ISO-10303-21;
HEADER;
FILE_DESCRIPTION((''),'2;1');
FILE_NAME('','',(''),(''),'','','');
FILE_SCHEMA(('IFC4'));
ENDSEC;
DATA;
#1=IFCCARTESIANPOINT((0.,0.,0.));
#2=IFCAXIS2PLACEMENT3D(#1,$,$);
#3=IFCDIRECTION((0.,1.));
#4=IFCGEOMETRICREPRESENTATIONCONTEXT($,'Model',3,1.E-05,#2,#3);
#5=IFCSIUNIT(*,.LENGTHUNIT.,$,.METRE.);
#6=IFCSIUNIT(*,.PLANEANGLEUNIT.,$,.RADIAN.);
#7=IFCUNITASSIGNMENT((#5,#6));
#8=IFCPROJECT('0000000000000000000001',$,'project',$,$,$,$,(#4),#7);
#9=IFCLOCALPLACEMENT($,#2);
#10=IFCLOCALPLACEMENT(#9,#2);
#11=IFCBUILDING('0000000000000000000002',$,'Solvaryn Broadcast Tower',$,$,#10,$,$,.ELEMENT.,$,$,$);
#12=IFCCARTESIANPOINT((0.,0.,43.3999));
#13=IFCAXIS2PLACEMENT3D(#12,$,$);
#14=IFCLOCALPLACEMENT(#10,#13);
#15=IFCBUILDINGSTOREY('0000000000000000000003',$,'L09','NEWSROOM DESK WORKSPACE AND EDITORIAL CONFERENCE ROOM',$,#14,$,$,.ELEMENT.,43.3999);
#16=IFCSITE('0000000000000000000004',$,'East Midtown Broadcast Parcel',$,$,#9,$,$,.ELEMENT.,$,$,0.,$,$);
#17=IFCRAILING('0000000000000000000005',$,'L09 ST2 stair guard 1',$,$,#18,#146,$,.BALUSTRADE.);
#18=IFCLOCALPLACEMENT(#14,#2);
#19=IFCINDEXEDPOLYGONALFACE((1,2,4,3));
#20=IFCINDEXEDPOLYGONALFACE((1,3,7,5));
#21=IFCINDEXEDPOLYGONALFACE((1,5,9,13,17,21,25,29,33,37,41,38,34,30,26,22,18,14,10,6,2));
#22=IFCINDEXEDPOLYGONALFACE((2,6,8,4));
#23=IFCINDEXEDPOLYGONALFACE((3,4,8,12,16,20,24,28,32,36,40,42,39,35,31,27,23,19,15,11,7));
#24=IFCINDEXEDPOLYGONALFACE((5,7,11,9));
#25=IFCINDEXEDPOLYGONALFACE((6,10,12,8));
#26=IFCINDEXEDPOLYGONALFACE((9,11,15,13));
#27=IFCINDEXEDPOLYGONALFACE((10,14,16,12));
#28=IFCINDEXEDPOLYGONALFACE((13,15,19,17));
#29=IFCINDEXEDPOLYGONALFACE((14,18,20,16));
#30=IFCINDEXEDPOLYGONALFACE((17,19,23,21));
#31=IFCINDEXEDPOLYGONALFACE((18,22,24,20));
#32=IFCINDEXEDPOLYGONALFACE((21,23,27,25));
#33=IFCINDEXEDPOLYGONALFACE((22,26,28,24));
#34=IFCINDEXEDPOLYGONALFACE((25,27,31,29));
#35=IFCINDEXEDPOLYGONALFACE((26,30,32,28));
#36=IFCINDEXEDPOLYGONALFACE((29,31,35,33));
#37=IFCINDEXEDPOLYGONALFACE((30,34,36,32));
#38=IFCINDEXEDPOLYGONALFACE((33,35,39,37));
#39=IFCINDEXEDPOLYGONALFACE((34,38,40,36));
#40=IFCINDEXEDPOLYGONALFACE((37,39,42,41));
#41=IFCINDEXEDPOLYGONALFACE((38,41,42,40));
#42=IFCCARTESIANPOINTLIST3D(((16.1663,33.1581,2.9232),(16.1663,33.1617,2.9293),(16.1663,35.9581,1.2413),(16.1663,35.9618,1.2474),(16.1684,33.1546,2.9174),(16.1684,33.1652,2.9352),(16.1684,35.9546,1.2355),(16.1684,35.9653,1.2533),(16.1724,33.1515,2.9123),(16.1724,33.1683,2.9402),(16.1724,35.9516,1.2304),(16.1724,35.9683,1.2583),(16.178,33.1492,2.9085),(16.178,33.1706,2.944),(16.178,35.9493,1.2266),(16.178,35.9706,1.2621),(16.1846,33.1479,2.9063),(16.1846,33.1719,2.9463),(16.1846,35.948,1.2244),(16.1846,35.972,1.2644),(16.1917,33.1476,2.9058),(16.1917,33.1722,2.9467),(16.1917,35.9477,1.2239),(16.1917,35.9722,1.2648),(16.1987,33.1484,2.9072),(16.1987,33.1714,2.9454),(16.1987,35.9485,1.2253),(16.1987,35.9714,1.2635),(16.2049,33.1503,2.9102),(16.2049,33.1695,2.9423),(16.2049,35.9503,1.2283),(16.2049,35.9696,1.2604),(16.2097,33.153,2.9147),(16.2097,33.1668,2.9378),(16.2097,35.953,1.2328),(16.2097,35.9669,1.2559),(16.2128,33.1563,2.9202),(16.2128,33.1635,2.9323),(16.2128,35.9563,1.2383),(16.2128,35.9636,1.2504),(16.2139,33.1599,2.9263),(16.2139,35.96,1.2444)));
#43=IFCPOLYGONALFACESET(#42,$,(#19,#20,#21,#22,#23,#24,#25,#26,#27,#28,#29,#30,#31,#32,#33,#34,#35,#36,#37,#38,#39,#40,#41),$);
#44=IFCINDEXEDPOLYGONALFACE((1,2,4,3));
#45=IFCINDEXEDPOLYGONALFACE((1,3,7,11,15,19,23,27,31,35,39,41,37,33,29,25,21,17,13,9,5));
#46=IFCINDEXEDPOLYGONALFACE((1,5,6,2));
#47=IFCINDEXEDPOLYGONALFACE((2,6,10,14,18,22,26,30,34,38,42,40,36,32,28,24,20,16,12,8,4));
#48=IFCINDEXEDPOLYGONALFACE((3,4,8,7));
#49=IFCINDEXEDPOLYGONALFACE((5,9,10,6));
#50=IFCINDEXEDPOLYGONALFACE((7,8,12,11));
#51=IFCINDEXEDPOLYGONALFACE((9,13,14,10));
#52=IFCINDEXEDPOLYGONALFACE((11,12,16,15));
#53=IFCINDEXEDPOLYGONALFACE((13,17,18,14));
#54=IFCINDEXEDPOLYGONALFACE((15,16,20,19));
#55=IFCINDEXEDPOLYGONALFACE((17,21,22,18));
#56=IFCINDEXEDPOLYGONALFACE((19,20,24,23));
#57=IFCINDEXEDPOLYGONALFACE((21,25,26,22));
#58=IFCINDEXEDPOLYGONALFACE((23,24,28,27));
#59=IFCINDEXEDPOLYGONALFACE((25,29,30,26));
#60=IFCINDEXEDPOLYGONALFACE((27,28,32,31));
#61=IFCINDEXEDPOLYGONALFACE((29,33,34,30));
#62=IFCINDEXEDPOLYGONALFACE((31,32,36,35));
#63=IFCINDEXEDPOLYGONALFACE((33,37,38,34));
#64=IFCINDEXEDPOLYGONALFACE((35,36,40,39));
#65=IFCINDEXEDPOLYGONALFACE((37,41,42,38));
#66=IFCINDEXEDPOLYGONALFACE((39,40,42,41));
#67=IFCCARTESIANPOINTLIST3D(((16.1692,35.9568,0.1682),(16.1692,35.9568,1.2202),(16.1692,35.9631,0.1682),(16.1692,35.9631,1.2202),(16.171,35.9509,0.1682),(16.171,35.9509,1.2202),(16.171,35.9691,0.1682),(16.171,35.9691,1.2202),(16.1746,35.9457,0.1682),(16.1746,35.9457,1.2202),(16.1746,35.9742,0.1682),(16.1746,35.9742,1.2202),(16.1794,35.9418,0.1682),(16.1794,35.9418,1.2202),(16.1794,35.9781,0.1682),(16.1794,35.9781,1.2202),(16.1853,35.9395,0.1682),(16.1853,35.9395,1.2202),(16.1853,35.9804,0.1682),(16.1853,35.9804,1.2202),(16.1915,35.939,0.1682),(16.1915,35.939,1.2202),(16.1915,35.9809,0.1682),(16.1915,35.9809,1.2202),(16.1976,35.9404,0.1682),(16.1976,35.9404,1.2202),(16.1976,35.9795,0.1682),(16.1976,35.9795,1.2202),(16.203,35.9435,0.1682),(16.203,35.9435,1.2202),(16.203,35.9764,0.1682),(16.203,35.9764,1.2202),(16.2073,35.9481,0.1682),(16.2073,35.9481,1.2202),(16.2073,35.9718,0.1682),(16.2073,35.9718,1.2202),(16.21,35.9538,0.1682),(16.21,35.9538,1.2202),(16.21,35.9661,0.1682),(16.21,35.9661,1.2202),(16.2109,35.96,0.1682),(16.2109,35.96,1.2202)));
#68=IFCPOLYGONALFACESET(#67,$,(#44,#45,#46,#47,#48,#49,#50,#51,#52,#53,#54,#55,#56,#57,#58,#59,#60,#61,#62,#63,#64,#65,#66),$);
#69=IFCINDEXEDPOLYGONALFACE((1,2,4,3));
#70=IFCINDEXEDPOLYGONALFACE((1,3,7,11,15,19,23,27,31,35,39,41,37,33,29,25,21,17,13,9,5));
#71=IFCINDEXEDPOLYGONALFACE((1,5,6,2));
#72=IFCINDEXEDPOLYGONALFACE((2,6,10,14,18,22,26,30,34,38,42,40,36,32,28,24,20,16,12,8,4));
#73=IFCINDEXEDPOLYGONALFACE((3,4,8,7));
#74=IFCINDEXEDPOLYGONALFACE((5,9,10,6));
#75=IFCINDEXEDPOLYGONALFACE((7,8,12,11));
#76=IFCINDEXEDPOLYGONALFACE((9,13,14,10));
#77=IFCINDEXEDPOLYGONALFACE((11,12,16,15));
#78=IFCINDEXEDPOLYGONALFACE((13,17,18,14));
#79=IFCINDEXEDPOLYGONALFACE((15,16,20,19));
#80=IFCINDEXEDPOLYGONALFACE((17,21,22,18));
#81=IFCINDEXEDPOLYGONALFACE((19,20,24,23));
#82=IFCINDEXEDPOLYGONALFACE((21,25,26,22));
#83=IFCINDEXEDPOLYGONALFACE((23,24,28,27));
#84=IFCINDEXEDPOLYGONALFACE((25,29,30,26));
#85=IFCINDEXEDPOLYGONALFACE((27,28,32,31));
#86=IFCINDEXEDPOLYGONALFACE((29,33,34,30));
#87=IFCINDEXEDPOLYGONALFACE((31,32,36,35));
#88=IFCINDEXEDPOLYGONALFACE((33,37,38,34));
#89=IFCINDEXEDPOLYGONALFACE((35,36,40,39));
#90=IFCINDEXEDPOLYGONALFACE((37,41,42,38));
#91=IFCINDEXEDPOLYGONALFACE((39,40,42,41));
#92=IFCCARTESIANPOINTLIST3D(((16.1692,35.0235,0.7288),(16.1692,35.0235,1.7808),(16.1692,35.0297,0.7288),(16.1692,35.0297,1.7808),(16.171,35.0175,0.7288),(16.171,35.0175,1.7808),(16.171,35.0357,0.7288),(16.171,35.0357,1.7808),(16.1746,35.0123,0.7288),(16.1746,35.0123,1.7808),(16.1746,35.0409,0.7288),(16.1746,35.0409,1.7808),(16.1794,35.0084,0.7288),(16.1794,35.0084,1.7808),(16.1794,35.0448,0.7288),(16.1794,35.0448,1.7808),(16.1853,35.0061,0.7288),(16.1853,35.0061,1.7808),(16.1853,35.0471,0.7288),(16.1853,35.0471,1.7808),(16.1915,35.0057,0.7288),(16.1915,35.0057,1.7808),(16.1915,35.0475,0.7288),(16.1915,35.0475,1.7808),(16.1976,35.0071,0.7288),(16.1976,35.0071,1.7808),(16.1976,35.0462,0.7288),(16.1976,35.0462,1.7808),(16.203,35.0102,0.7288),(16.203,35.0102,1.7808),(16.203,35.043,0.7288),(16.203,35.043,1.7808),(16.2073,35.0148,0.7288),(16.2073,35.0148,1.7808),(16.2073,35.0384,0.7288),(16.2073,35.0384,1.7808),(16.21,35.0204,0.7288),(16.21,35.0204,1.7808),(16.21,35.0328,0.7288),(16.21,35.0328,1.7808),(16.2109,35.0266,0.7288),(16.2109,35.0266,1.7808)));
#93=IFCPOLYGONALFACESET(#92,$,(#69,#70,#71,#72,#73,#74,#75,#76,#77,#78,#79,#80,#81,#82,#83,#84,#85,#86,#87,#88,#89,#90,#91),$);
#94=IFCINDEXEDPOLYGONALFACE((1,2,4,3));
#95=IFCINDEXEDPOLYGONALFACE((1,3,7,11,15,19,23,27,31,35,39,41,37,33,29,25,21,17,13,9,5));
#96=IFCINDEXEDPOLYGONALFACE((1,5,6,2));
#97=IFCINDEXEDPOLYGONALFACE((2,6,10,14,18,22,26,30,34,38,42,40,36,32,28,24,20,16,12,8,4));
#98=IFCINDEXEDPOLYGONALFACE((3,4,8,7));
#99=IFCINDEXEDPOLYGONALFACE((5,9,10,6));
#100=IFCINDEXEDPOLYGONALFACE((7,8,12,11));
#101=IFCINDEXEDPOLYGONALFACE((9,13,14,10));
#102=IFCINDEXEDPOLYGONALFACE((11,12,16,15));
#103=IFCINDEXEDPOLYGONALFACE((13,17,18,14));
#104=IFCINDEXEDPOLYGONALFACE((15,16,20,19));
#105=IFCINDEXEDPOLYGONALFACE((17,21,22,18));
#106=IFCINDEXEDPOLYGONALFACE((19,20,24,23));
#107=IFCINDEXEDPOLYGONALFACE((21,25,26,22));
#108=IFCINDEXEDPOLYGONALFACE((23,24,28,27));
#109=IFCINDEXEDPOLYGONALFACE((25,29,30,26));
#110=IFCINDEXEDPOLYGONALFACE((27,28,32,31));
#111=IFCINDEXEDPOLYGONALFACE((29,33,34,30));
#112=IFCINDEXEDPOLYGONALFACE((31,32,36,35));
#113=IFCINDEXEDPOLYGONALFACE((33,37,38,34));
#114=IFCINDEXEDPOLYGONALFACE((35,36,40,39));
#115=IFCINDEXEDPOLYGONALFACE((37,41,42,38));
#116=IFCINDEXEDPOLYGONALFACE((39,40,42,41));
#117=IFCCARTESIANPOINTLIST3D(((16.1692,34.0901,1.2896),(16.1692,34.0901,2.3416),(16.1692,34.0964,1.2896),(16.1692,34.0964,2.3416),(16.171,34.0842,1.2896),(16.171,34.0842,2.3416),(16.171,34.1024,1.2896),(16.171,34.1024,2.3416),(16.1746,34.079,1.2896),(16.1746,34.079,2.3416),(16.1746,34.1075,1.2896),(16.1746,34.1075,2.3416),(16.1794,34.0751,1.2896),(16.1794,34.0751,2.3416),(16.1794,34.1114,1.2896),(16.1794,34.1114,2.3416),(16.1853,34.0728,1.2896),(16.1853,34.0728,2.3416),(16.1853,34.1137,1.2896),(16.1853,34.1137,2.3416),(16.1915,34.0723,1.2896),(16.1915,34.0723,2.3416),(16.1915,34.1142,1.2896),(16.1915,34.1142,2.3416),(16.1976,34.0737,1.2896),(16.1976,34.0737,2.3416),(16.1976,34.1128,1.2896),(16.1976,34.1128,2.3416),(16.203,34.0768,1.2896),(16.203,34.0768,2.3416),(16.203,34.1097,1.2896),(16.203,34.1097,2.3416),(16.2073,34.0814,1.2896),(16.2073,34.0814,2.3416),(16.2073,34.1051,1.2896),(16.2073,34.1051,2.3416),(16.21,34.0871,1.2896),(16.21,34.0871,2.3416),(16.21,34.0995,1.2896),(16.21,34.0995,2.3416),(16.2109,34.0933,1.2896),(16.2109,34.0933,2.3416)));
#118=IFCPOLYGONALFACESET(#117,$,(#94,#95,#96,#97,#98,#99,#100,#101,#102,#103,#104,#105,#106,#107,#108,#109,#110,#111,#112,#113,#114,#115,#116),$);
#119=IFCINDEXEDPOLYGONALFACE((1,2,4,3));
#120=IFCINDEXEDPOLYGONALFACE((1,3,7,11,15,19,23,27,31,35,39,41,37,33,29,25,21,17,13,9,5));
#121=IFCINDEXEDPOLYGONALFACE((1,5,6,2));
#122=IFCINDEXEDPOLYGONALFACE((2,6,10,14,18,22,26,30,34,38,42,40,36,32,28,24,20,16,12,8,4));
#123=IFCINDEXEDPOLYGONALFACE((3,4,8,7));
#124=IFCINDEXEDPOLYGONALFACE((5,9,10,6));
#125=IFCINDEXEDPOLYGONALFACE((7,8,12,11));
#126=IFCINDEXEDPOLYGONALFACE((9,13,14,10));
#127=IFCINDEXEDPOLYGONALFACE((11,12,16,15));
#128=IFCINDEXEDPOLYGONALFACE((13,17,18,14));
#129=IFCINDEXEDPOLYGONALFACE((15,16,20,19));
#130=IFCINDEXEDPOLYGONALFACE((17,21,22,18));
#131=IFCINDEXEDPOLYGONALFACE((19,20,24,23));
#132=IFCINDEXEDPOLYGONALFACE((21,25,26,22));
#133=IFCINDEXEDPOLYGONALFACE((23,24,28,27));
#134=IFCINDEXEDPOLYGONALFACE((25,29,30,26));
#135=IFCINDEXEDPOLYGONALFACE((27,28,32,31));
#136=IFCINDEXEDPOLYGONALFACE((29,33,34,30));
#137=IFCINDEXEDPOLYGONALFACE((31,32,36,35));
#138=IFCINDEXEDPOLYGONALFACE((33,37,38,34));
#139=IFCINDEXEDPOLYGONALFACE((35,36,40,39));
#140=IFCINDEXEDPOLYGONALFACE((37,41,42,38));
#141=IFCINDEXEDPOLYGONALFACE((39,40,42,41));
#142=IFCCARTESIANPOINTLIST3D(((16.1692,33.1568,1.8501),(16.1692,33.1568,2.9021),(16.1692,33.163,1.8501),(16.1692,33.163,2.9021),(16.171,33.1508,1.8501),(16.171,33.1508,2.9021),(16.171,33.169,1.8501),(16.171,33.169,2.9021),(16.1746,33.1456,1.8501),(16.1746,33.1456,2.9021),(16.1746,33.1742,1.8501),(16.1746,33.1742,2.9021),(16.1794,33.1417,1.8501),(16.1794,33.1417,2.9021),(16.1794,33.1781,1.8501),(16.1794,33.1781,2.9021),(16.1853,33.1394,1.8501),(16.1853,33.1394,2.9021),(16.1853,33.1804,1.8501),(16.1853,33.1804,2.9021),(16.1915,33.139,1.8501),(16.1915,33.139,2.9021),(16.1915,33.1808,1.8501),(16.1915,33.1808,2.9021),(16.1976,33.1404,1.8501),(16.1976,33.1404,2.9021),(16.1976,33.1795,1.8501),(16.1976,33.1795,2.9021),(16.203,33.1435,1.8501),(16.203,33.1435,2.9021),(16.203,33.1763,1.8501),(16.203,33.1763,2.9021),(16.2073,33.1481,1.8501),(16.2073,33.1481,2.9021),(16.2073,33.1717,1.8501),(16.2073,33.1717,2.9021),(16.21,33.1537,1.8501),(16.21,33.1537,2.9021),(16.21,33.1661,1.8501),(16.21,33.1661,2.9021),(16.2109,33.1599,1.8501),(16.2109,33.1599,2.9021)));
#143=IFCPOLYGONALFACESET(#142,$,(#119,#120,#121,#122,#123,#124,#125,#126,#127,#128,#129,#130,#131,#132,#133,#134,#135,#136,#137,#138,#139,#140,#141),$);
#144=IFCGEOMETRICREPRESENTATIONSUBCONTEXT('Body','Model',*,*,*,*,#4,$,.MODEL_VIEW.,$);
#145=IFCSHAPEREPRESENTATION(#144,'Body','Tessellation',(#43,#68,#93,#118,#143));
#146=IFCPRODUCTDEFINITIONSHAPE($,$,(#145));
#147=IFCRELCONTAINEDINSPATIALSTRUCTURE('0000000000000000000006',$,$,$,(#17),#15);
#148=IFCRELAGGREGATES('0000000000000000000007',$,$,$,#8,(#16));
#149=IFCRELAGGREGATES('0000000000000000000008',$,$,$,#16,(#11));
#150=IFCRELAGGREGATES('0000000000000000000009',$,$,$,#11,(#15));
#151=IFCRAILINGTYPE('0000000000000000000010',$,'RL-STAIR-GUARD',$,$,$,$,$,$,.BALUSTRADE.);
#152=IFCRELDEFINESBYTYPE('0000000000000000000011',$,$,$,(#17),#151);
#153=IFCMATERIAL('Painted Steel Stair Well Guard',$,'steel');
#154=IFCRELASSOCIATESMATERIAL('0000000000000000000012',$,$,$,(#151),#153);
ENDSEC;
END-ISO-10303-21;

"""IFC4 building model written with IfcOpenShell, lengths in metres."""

from ifc_helpers import new_model, si_unit, direction, frame, origin, origin_2d, place, context, subcontext, project, spatial, circle, extrude, material, type_object, element, save


model = new_model("IFC4")

# Units and contexts
model_context = context("Model", 3, precision=1e-05, world=origin(), true_north=direction((0.0, 1.0)))
body_context = subcontext(model_context, "Body", "Model", "MODEL_VIEW")
ifc_project = project(units=[si_unit("LENGTHUNIT", "METRE"), si_unit("PLANEANGLEUNIT", "RADIAN")], contexts=[model_context])

# Site, building, storey
site_placement = place(None, origin())
site = spatial("IfcSite", under=ifc_project, at=site_placement, Name="East Midtown Broadcast Parcel", CompositionType="ELEMENT", RefElevation=0.0)
building_placement = place(site_placement, origin())
building = spatial("IfcBuilding", under=site, at=building_placement, Name="Solvaryn Broadcast Tower", CompositionType="ELEMENT")
storey_placement = place(building_placement, frame((0.0, 0.0, 43.3999)))
storey = spatial("IfcBuildingStorey", under=building, at=storey_placement, Name="L09", Description="NEWSROOM DESK WORKSPACE AND EDITORIAL CONFERENCE ROOM", CompositionType="ELEMENT", Elevation=43.3999)

# Railing
ifc_material_1 = material(Name="Painted Steel Stair Well Guard", Category="steel")
railing_type_1 = type_object("IfcRailingType", Name="RL-STAIR-GUARD", PredefinedType="BALUSTRADE", material=ifc_material_1)
railing_1_placement = place(storey_placement, frame((16.1899, 35.96, 0.1682)))
element("IfcRailing", 1, at=railing_1_placement, inside=storey, type_object=railing_type_1, Name="L09 ST2 stair guard 1", PredefinedType="BALUSTRADE", context=body_context, shape_type="SweptSolid", body=[
    extrude(circle(Radius=0.0239, at=origin_2d()), frame((0.0, 0.0, 1.0762), z_axis=(0.0, -0.857242, 0.514913), x_axis=(1.0, 0.0, 0.0)), (0.0, 0.0, 1.0), 3.2664),
    extrude(circle(Radius=0.021, at=origin_2d()), origin(), (0.0, 0.0, 1.0), 1.052),
    extrude(circle(Radius=0.021, at=origin_2d()), frame((0.0, -0.9333, 0.5605)), (0.0, 0.0, 1.0), 1.052),
    extrude(circle(Radius=0.021, at=origin_2d()), frame((0.0, -1.8667, 1.1213)), (0.0, 0.0, 1.0), 1.052),
    extrude(circle(Radius=0.021, at=origin_2d()), frame((0.0, -2.8, 1.6819)), (0.0, 0.0, 1.0), 1.052),
])

save(model, "model.ifc")
